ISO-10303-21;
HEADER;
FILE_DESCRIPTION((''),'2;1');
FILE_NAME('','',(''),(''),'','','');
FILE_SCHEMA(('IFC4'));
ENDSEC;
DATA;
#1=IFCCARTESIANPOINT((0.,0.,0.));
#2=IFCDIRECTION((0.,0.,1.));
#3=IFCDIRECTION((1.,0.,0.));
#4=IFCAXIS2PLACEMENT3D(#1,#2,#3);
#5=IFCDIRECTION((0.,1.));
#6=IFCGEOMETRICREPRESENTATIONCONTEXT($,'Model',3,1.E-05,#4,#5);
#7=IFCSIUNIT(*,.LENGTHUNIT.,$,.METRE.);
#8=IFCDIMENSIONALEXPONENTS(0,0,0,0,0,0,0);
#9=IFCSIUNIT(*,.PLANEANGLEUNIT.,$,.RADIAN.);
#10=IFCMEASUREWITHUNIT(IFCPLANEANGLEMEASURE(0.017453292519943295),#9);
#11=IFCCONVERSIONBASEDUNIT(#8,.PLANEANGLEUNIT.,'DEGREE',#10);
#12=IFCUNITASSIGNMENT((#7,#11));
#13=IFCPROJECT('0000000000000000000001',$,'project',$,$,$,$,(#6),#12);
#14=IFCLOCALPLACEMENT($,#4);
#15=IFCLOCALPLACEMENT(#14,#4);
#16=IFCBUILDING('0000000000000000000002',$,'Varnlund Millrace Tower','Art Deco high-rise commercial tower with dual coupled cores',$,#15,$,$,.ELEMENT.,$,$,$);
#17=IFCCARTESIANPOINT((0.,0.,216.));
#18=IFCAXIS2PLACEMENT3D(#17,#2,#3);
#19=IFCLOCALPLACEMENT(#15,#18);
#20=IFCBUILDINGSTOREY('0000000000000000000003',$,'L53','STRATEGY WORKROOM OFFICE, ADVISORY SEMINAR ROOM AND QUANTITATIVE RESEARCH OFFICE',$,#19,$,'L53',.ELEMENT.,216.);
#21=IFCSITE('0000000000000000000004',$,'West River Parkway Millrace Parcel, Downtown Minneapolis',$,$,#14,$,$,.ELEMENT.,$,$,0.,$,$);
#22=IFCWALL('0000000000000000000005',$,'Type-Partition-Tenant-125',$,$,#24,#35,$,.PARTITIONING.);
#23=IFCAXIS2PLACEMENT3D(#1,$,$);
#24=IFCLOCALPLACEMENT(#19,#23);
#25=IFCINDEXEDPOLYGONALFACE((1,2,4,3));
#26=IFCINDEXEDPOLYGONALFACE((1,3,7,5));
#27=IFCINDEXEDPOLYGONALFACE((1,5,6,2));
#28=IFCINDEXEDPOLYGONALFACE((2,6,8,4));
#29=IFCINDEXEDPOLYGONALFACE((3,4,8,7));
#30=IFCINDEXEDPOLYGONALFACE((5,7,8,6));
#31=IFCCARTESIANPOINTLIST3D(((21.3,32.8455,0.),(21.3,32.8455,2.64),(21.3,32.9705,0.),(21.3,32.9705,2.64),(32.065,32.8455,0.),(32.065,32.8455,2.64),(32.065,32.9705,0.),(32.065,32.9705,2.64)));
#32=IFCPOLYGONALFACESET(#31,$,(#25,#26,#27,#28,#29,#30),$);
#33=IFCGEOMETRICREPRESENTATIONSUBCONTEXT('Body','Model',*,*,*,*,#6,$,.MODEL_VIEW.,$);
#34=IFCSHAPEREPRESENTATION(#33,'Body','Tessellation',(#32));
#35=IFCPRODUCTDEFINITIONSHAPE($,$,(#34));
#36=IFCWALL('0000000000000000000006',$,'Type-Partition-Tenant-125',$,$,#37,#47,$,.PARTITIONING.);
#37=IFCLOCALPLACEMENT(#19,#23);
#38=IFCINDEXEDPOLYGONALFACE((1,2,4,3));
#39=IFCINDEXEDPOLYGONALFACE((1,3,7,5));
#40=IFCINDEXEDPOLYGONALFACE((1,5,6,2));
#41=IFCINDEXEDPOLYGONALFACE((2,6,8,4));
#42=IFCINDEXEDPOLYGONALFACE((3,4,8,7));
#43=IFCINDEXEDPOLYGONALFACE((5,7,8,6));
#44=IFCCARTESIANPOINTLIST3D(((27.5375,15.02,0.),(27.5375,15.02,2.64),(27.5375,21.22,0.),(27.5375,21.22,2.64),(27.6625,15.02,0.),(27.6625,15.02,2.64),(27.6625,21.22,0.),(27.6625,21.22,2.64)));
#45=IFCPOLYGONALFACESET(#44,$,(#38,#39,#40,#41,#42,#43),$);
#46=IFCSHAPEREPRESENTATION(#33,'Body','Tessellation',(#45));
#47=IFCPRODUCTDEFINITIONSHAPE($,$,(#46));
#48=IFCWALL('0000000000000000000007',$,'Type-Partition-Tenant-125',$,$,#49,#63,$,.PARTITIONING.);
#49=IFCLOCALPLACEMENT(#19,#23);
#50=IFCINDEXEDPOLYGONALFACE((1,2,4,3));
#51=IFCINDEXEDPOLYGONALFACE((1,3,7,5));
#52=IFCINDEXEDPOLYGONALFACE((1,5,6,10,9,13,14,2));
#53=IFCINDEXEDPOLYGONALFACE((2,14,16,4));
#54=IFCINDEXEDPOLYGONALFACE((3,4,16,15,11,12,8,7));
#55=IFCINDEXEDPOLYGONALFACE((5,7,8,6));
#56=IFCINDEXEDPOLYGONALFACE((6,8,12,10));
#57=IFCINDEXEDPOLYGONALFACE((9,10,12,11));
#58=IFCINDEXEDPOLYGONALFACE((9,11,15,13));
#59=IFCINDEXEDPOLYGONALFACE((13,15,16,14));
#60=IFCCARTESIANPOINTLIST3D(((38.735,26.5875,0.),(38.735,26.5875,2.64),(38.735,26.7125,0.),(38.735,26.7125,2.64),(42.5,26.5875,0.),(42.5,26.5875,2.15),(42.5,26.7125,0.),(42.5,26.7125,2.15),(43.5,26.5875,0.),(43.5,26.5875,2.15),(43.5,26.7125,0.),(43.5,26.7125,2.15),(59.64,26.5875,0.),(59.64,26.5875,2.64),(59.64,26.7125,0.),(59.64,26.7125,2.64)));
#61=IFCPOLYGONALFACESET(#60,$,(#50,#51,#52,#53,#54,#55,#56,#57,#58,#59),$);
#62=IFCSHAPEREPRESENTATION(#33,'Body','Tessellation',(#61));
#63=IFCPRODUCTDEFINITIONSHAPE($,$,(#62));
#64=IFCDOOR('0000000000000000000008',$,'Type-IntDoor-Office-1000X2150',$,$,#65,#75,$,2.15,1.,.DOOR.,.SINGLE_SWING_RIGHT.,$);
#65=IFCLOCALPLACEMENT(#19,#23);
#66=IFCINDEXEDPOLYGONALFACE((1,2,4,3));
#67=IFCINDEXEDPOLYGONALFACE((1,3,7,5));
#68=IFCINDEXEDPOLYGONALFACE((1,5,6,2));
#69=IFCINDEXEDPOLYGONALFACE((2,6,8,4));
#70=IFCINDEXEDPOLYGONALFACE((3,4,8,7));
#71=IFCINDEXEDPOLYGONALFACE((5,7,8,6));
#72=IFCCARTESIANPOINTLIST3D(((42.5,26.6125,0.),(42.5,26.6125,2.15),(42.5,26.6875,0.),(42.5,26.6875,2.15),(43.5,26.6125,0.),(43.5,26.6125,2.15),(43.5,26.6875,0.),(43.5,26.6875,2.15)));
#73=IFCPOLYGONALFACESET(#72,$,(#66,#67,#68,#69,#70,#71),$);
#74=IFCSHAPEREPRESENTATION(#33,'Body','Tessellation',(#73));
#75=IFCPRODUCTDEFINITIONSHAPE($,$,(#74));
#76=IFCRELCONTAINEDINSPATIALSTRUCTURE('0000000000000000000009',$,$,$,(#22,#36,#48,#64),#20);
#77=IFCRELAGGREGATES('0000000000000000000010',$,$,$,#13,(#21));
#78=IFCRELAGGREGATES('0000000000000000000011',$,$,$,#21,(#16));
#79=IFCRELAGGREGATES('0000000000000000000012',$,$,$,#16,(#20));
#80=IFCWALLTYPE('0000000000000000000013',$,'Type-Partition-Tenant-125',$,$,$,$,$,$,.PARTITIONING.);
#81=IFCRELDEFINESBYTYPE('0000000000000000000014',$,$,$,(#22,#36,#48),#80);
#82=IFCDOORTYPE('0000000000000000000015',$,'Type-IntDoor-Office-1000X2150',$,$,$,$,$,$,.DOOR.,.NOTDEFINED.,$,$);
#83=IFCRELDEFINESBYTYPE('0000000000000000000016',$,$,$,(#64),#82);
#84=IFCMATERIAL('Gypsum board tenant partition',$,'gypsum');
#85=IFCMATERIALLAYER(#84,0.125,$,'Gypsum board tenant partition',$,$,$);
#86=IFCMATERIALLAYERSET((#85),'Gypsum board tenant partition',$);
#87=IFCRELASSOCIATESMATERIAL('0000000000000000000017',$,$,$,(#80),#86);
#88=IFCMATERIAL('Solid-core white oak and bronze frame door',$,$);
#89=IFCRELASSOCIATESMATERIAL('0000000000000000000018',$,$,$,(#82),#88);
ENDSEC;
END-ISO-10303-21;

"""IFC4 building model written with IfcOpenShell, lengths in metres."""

from ifc_helpers import new_model, entity, si_unit, converted_unit, direction, frame, origin_with_axes, origin_2d_with_axis, place, context, subcontext, project, spatial, polyline, rectangle, outline, extrude, material, layer, layer_set, type_object, element, fill, save


model = new_model("IFC4")

# Units and contexts
model_context = context("Model", 3, precision=1e-05, world=origin_with_axes(), true_north=direction((0.0, 1.0)))
body_context = subcontext(model_context, "Body", "Model", "MODEL_VIEW")
ifc_project = project(units=[si_unit("LENGTHUNIT", "METRE"), converted_unit("PLANEANGLEUNIT", "DEGREE", entity("IfcPlaneAngleMeasure", 0.017453292519943295), si_unit("PLANEANGLEUNIT", "RADIAN"), dimensions=[0, 0, 0, 0, 0, 0, 0])], contexts=[model_context])

# Site, building, storey
site_placement = place(None, origin_with_axes())
site = spatial("IfcSite", under=ifc_project, at=site_placement, Name="West River Parkway Millrace Parcel, Downtown Minneapolis", CompositionType="ELEMENT", RefElevation=0.0)
building_placement = place(site_placement, origin_with_axes())
building = spatial("IfcBuilding", under=site, at=building_placement, Name="Varnlund Millrace Tower", Description="Art Deco high-rise commercial tower with dual coupled cores", CompositionType="ELEMENT")
storey_placement = place(building_placement, frame((0.0, 0.0, 216.0), z_axis=(0.0, 0.0, 1.0), x_axis=(1.0, 0.0, 0.0)))
storey = spatial("IfcBuildingStorey", under=building, at=storey_placement, Name="L53", Description="STRATEGY WORKROOM OFFICE, ADVISORY SEMINAR ROOM AND QUANTITATIVE RESEARCH OFFICE", LongName="L53", CompositionType="ELEMENT", Elevation=216.0)

# Walls
ifc_material_1 = material(Name="Gypsum board tenant partition", Category="gypsum")
ifc_layer_1 = layer(ifc_material_1, 0.125, Name="Gypsum board tenant partition")
ifc_layer_set_1 = layer_set([ifc_layer_1], Name="Gypsum board tenant partition")
wall_type_1 = type_object("IfcWallType", Name="Type-Partition-Tenant-125", PredefinedType="PARTITIONING", material=ifc_layer_set_1)
wall_1_placement = place(storey_placement, frame((21.3, 32.908, 0.0), z_axis=(0.0, 0.0, 1.0), x_axis=(1.0, 0.0, 0.0)))
element("IfcWall", 1, at=wall_1_placement, inside=storey, type_object=wall_type_1, Name="Type-Partition-Tenant-125", PredefinedType="PARTITIONING", context=body_context, shape_type="SweptSolid", body=[
    extrude(outline(polyline([(0.0, -0.0625), (10.765, -0.0625), (10.765, 0.0625), (0.0, 0.0625), (0.0, -0.0625)])), origin_with_axes(), (0.0, 0.0, 1.0), 2.64),
])
wall_2_placement = place(storey_placement, frame((27.6, 15.02, 0.0), z_axis=(0.0, 0.0, 1.0), x_axis=(0.0, 1.0, 0.0)))
element("IfcWall", 2, at=wall_2_placement, inside=storey, type_object=wall_type_1, Name="Type-Partition-Tenant-125", PredefinedType="PARTITIONING", context=body_context, shape_type="SweptSolid", body=[
    extrude(outline(polyline([(0.0, -0.0625), (6.2, -0.0625), (6.2, 0.0625), (0.0, 0.0625), (0.0, -0.0625)])), origin_with_axes(), (0.0, 0.0, 1.0), 2.64),
])

# Wall, opening, door
wall_3_placement = place(storey_placement, frame((38.735, 26.65, 0.0), z_axis=(0.0, 0.0, 1.0), x_axis=(1.0, 0.0, 0.0)))
wall_3 = element("IfcWall", 3, at=wall_3_placement, inside=storey, type_object=wall_type_1, Name="Type-Partition-Tenant-125", PredefinedType="PARTITIONING", context=body_context, shape_type="SweptSolid", body=[
    extrude(outline(polyline([(0.0, -0.0625), (20.905, -0.0625), (20.905, 0.0625), (0.0, 0.0625), (0.0, -0.0625)])), origin_with_axes(), (0.0, 0.0, 1.0), 2.64),
])
opening_1_placement = place(wall_3_placement, frame((4.265, 0.0, 0.0), z_axis=(0.0, 0.0, 1.0), x_axis=(1.0, 0.0, 0.0)))
opening_1 = element("IfcOpeningElement", 4, at=opening_1_placement, cuts=wall_3, PredefinedType="OPENING", context=body_context, shape_type="SweptSolid", body=[
    extrude(rectangle(XDim=1.0, YDim=0.145, at=origin_2d_with_axis()), origin_with_axes(), (0.0, 0.0, 1.0), 2.15),
])
ifc_material_2 = material(Name="Solid-core white oak and bronze frame door")
door_type = type_object("IfcDoorType", Name="Type-IntDoor-Office-1000X2150", OperationType="NOTDEFINED", PredefinedType="DOOR", material=ifc_material_2)
door_placement = place(wall_3_placement, frame((4.265, 0.0, 0.0), z_axis=(0.0, 0.0, 1.0), x_axis=(1.0, 0.0, 0.0)))
door = element("IfcDoor", 5, at=door_placement, inside=storey, type_object=door_type, Name="Type-IntDoor-Office-1000X2150", OperationType="SINGLE_SWING_RIGHT", OverallHeight=2.15, OverallWidth=1.0, PredefinedType="DOOR", context=body_context, shape_type="SweptSolid", body=[
    extrude(rectangle(XDim=1.0, YDim=0.075, at=origin_2d_with_axis()), origin_with_axes(), (0.0, 0.0, 1.0), 2.15),
])
fill(opening_1, door)

save(model, "model.ifc")
